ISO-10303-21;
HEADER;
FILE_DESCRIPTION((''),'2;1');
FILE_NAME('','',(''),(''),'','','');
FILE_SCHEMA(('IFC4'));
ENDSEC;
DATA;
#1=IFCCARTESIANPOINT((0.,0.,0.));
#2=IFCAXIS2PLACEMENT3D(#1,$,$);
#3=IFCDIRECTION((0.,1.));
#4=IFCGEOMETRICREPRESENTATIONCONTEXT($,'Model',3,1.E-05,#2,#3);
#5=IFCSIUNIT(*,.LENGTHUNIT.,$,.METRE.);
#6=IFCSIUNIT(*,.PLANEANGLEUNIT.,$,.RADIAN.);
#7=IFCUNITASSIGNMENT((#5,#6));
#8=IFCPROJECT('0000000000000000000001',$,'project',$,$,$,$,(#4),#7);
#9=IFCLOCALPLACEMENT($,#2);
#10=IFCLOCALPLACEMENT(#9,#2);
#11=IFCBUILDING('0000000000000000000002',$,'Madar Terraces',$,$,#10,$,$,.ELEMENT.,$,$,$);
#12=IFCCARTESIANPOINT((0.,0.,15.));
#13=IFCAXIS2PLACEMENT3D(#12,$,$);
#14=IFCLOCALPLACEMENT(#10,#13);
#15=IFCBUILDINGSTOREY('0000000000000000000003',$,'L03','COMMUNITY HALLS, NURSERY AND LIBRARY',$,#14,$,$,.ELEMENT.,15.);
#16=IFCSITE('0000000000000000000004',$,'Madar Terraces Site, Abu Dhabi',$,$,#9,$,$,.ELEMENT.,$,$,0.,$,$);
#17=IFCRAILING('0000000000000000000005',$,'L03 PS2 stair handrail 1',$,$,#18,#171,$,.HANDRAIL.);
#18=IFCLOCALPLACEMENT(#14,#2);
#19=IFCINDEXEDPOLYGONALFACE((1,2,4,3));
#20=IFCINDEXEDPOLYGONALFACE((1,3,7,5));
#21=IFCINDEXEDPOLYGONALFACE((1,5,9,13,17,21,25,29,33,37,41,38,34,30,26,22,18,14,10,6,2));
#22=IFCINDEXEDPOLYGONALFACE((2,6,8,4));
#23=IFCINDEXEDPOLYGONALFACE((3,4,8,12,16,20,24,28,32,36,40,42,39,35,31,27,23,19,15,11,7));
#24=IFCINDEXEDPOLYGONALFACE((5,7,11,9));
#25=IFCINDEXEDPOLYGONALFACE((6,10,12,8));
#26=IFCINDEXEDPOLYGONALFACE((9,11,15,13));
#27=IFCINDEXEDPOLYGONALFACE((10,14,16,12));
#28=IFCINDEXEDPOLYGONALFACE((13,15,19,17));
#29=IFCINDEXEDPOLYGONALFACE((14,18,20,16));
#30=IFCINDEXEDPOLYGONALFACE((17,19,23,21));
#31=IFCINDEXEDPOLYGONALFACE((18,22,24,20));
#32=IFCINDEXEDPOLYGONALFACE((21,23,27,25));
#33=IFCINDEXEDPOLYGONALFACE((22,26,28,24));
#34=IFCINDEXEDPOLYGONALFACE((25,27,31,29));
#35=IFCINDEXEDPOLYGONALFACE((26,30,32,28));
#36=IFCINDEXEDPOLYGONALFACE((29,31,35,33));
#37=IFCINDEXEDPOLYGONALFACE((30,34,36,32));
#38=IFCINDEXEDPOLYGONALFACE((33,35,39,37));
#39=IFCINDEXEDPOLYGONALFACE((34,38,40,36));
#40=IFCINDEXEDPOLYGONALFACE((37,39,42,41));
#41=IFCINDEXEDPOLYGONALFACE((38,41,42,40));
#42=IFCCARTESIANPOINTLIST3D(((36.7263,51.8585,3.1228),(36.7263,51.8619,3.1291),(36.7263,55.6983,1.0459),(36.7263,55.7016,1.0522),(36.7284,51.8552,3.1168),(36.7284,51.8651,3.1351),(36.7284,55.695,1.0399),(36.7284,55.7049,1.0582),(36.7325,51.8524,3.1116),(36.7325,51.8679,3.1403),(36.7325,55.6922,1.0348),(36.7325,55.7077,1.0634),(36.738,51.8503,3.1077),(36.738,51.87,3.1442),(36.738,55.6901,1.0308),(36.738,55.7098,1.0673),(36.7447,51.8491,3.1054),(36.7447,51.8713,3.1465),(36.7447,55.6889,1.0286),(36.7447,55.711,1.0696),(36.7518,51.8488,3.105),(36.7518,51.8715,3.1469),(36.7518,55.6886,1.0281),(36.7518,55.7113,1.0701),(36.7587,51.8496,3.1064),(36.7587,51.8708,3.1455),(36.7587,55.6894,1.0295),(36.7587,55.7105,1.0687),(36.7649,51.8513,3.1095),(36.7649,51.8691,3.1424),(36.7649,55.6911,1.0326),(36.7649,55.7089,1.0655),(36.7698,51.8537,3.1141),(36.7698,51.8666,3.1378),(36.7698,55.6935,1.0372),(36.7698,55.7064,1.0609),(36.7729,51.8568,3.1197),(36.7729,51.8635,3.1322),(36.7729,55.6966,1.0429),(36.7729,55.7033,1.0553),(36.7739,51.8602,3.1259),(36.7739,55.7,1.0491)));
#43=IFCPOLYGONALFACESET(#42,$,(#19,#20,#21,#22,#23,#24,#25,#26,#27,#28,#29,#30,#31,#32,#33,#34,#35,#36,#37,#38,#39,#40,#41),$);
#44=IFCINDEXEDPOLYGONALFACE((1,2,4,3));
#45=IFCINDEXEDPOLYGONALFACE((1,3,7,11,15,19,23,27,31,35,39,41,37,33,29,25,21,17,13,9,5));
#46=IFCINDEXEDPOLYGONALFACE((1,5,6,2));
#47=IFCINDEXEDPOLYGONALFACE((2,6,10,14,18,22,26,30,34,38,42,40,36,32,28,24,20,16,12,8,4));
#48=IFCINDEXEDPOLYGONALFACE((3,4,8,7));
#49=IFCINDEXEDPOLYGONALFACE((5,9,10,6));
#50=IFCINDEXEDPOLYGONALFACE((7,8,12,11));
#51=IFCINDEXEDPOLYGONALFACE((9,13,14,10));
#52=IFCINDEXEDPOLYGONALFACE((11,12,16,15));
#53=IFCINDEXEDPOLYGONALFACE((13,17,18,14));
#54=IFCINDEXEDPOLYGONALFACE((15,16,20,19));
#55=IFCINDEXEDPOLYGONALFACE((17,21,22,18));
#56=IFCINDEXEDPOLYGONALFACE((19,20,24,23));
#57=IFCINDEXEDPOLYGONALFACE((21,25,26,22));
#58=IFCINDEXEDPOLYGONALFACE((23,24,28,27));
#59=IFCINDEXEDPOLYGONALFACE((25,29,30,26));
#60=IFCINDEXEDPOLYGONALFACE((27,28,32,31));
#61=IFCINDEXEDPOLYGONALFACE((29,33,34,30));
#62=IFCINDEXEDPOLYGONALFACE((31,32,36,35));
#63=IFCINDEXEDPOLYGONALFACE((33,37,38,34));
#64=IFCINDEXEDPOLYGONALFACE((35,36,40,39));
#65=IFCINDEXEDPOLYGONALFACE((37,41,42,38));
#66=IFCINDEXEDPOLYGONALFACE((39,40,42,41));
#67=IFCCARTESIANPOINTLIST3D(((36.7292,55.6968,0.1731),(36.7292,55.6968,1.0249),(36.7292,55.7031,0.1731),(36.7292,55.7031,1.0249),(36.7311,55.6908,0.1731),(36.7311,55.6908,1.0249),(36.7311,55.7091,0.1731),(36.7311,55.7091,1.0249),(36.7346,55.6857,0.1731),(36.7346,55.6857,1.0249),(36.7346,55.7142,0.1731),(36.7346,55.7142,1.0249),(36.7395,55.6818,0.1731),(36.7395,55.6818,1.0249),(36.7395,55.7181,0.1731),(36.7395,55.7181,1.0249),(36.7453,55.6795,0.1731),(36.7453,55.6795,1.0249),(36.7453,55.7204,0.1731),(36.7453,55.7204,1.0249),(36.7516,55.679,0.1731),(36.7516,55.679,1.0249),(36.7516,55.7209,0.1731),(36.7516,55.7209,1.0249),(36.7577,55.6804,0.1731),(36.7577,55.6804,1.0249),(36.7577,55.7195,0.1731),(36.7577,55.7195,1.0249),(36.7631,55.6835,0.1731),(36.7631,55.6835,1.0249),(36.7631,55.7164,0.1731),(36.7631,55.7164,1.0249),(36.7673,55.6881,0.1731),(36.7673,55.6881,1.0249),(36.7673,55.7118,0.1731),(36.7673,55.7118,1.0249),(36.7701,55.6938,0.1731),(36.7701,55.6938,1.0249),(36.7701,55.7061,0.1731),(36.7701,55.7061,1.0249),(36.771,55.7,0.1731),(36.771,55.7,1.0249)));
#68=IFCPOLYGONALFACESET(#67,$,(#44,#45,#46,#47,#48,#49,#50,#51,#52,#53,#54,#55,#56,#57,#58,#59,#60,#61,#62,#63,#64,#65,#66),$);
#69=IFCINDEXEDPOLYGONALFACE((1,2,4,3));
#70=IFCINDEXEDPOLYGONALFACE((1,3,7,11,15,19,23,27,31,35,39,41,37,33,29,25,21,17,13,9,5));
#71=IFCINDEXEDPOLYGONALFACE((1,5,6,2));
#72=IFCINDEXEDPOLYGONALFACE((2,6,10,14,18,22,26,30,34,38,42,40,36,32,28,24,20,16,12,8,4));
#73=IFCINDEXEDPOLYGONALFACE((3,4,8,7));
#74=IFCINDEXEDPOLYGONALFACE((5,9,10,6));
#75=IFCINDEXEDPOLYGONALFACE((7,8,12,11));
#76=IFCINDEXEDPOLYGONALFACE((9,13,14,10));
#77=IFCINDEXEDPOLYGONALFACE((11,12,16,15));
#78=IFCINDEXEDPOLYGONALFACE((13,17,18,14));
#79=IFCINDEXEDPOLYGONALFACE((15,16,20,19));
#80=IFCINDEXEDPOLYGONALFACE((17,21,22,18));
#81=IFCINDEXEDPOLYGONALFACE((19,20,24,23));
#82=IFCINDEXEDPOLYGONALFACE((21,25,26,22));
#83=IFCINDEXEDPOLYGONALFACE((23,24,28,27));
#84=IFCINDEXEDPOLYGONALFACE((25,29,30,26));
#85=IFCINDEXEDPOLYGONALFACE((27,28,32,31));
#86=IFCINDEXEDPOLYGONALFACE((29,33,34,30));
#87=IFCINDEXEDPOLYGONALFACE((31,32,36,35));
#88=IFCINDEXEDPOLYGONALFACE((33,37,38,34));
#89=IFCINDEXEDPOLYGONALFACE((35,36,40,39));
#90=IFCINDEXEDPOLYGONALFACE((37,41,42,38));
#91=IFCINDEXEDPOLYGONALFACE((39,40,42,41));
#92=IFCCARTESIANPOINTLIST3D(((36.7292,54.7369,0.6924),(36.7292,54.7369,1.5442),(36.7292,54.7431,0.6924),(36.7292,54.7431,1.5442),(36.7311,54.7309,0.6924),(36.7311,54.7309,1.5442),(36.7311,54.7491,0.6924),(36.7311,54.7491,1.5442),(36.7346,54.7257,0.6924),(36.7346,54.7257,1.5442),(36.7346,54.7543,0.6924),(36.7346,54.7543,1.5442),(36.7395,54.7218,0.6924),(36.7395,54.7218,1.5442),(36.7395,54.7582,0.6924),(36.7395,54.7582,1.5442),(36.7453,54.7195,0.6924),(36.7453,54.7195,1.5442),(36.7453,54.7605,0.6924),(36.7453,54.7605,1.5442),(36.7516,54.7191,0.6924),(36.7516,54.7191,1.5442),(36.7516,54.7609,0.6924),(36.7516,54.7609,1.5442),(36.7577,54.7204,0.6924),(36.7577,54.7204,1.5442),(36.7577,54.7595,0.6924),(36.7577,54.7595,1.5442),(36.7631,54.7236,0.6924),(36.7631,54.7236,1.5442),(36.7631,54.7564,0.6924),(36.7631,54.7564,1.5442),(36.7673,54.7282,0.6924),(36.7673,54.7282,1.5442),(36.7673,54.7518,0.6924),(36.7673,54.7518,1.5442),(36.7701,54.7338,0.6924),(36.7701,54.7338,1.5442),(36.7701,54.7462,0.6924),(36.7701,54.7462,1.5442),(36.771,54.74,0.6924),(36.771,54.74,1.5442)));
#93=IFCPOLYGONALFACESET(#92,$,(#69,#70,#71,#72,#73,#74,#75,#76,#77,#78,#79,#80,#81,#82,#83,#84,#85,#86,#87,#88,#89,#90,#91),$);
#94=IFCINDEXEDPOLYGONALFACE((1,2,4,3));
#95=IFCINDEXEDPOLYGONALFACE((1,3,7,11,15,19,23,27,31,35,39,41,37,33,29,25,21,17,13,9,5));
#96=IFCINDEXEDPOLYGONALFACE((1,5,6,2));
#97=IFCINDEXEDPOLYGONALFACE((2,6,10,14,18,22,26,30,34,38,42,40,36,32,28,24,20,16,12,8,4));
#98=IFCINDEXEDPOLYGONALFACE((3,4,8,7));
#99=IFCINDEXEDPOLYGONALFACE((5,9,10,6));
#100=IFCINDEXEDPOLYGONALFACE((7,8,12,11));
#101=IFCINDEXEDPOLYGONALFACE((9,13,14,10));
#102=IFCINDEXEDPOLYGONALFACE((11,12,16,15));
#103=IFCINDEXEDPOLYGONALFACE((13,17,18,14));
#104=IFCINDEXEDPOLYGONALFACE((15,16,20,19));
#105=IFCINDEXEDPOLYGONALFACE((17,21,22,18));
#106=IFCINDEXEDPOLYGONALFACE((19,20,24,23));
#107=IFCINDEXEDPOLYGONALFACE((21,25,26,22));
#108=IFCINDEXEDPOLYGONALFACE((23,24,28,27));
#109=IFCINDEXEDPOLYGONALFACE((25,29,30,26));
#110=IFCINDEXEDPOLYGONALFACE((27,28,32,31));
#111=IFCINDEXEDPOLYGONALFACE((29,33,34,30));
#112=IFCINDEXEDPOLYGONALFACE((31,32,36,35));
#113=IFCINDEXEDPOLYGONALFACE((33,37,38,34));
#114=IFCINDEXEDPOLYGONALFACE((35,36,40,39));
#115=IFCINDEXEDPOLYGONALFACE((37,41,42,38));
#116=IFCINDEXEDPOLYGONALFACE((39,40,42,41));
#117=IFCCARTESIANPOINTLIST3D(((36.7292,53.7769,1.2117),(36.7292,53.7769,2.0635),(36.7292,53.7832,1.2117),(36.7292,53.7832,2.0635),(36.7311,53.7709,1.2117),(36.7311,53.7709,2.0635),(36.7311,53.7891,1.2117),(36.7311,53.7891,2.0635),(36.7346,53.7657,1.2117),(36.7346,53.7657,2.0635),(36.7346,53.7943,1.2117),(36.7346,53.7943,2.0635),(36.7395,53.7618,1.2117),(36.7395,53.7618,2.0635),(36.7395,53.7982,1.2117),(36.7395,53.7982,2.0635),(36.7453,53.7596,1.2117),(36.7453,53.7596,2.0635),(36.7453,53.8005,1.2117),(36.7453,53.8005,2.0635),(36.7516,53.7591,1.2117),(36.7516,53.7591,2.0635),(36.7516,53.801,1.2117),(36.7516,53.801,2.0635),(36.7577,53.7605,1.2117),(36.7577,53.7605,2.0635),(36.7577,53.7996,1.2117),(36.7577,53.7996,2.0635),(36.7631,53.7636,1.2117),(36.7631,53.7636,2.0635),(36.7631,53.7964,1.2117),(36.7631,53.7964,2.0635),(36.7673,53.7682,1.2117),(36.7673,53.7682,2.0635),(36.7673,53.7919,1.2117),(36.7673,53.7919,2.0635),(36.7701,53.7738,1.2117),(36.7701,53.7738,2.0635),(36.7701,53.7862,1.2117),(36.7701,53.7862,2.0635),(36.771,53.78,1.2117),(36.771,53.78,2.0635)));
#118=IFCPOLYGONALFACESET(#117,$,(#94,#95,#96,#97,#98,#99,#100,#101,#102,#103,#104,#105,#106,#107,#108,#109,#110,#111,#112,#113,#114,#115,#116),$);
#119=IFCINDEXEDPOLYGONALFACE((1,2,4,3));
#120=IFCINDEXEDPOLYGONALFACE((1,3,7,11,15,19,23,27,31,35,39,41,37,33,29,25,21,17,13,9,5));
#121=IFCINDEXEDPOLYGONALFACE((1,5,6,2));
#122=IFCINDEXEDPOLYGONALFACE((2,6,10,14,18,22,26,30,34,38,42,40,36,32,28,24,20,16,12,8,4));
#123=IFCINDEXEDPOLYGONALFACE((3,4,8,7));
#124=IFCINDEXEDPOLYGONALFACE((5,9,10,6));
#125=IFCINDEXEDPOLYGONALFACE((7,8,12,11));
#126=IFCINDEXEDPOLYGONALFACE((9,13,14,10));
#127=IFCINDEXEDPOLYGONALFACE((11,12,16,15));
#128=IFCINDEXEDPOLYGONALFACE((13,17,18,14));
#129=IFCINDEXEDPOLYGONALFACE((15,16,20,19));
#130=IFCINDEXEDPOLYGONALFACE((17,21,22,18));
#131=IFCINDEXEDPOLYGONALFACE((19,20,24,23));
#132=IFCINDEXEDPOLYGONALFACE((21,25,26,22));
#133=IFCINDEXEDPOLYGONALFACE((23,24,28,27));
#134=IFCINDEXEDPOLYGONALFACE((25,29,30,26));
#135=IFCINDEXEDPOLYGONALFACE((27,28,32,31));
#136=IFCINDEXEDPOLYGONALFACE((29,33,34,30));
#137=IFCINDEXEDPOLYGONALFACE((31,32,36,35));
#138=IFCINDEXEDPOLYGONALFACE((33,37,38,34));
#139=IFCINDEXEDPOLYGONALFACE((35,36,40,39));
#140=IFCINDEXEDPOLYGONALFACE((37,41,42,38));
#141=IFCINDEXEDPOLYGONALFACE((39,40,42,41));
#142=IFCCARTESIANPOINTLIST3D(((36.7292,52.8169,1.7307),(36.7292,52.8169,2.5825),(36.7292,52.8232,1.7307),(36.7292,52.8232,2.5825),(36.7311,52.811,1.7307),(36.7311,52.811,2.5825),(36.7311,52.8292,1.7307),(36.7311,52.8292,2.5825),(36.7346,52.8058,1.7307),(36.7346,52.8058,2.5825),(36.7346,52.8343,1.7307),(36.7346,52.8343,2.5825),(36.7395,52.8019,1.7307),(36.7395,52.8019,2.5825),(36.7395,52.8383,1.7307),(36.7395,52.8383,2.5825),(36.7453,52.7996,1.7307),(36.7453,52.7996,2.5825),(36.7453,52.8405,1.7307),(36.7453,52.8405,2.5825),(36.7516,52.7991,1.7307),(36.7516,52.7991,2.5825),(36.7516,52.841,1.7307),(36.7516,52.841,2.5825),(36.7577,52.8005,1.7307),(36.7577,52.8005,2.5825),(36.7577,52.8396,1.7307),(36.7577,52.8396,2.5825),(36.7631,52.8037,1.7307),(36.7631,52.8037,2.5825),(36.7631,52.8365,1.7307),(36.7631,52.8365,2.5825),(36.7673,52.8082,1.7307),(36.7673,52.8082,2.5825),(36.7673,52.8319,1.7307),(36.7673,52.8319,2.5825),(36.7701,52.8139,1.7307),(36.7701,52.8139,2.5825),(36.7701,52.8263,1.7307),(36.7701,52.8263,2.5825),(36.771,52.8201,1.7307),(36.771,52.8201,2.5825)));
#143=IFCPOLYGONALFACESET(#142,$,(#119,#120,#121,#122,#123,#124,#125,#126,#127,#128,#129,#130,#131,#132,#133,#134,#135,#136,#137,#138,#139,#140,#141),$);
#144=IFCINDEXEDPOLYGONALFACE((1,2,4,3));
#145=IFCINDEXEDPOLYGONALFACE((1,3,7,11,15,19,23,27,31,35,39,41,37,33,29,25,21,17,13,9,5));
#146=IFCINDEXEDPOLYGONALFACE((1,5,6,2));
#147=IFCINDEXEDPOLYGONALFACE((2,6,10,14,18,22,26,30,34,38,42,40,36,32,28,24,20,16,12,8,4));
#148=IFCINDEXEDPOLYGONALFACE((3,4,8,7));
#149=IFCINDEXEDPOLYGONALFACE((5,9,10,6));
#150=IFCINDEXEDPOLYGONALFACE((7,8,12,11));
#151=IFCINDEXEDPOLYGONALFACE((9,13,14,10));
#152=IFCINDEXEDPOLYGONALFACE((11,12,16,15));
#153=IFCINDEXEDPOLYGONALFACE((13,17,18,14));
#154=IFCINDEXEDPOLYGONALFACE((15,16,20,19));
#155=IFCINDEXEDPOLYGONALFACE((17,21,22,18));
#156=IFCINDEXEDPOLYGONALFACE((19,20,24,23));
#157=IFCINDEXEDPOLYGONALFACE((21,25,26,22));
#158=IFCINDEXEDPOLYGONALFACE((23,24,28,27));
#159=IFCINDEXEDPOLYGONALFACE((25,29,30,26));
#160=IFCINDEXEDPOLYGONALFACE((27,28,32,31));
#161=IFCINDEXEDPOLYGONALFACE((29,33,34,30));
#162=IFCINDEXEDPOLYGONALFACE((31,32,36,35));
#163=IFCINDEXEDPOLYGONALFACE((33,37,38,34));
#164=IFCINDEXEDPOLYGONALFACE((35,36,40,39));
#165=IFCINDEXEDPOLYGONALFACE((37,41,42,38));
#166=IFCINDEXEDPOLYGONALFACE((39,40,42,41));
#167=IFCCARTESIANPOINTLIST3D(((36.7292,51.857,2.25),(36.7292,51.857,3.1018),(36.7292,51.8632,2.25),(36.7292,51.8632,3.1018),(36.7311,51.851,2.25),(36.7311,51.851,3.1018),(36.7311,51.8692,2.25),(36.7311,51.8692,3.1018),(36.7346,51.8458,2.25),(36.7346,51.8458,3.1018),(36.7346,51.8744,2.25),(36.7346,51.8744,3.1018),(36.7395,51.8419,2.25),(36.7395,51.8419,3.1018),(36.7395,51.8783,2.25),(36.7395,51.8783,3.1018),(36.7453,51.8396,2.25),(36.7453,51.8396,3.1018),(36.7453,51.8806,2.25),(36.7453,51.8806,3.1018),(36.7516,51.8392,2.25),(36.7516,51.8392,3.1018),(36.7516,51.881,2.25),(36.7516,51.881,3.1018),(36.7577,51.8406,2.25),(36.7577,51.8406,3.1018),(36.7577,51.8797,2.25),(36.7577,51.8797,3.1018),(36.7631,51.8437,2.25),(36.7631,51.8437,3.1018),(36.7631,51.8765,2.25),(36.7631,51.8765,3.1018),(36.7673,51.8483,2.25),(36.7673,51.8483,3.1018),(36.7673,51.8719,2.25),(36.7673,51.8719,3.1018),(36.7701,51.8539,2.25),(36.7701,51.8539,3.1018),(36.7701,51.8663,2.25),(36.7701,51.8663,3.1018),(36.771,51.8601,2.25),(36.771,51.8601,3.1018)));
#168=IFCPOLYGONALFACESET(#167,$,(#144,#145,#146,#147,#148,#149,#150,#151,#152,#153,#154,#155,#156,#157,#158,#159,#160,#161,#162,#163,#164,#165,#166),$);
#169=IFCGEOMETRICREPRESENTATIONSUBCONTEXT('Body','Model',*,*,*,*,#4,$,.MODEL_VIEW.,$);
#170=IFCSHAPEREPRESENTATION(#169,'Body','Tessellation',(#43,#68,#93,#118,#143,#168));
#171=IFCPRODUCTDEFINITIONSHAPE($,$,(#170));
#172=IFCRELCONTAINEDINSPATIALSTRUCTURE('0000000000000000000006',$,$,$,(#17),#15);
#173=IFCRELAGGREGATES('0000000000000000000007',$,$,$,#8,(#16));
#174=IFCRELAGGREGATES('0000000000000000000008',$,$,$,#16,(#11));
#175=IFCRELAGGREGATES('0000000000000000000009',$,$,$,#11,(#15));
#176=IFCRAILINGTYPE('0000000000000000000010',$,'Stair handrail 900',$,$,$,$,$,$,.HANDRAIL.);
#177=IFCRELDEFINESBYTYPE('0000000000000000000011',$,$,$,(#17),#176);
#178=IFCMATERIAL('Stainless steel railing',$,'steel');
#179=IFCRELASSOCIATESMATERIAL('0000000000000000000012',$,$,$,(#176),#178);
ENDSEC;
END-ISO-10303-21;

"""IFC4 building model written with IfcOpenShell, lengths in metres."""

from ifc_helpers import new_model, si_unit, direction, frame, origin, origin_2d, place, context, subcontext, project, spatial, circle, extrude, material, type_object, element, save


model = new_model("IFC4")

# Units and contexts
model_context = context("Model", 3, precision=1e-05, world=origin(), true_north=direction((0.0, 1.0)))
body_context = subcontext(model_context, "Body", "Model", "MODEL_VIEW")
ifc_project = project(units=[si_unit("LENGTHUNIT", "METRE"), si_unit("PLANEANGLEUNIT", "RADIAN")], contexts=[model_context])

# Site, building, storey
site_placement = place(None, origin())
site = spatial("IfcSite", under=ifc_project, at=site_placement, Name="Madar Terraces Site, Abu Dhabi", CompositionType="ELEMENT", RefElevation=0.0)
building_placement = place(site_placement, origin())
building = spatial("IfcBuilding", under=site, at=building_placement, Name="Madar Terraces", CompositionType="ELEMENT")
storey_placement = place(building_placement, frame((0.0, 0.0, 15.0)))
storey = spatial("IfcBuildingStorey", under=building, at=storey_placement, Name="L03", Description="COMMUNITY HALLS, NURSERY AND LIBRARY", CompositionType="ELEMENT", Elevation=15.0)

# Railing
ifc_material_1 = material(Name="Stainless steel railing", Category="steel")
railing_type_1 = type_object("IfcRailingType", Name="Stair handrail 900", PredefinedType="HANDRAIL", material=ifc_material_1)
railing_1_placement = place(storey_placement, frame((36.75, 55.7, 0.1731)))
element("IfcRailing", 1, at=railing_1_placement, inside=storey, type_object=railing_type_1, Name="L03 PS2 stair handrail 1", PredefinedType="HANDRAIL", context=body_context, shape_type="SweptSolid", body=[
    extrude(circle(Radius=0.0239, at=origin_2d()), frame((0.0, 0.0, 0.876), z_axis=(0.0, -0.879581, 0.47575), x_axis=(1.0, 0.0, 0.0)), (0.0, 0.0, 1.0), 4.3655),
    extrude(circle(Radius=0.021, at=origin_2d()), origin(), (0.0, 0.0, 1.0), 0.8518),
    extrude(circle(Radius=0.021, at=origin_2d()), frame((0.0, -0.96, 0.5193)), (0.0, 0.0, 1.0), 0.8518),
    extrude(circle(Radius=0.021, at=origin_2d()), frame((0.0, -1.9199, 1.0386)), (0.0, 0.0, 1.0), 0.8518),
    extrude(circle(Radius=0.021, at=origin_2d()), frame((0.0, -2.8799, 1.5576)), (0.0, 0.0, 1.0), 0.8518),
    extrude(circle(Radius=0.021, at=origin_2d()), frame((0.0, -3.8398, 2.0769)), (0.0, 0.0, 1.0), 0.8518),
])

save(model, "model.ifc")
